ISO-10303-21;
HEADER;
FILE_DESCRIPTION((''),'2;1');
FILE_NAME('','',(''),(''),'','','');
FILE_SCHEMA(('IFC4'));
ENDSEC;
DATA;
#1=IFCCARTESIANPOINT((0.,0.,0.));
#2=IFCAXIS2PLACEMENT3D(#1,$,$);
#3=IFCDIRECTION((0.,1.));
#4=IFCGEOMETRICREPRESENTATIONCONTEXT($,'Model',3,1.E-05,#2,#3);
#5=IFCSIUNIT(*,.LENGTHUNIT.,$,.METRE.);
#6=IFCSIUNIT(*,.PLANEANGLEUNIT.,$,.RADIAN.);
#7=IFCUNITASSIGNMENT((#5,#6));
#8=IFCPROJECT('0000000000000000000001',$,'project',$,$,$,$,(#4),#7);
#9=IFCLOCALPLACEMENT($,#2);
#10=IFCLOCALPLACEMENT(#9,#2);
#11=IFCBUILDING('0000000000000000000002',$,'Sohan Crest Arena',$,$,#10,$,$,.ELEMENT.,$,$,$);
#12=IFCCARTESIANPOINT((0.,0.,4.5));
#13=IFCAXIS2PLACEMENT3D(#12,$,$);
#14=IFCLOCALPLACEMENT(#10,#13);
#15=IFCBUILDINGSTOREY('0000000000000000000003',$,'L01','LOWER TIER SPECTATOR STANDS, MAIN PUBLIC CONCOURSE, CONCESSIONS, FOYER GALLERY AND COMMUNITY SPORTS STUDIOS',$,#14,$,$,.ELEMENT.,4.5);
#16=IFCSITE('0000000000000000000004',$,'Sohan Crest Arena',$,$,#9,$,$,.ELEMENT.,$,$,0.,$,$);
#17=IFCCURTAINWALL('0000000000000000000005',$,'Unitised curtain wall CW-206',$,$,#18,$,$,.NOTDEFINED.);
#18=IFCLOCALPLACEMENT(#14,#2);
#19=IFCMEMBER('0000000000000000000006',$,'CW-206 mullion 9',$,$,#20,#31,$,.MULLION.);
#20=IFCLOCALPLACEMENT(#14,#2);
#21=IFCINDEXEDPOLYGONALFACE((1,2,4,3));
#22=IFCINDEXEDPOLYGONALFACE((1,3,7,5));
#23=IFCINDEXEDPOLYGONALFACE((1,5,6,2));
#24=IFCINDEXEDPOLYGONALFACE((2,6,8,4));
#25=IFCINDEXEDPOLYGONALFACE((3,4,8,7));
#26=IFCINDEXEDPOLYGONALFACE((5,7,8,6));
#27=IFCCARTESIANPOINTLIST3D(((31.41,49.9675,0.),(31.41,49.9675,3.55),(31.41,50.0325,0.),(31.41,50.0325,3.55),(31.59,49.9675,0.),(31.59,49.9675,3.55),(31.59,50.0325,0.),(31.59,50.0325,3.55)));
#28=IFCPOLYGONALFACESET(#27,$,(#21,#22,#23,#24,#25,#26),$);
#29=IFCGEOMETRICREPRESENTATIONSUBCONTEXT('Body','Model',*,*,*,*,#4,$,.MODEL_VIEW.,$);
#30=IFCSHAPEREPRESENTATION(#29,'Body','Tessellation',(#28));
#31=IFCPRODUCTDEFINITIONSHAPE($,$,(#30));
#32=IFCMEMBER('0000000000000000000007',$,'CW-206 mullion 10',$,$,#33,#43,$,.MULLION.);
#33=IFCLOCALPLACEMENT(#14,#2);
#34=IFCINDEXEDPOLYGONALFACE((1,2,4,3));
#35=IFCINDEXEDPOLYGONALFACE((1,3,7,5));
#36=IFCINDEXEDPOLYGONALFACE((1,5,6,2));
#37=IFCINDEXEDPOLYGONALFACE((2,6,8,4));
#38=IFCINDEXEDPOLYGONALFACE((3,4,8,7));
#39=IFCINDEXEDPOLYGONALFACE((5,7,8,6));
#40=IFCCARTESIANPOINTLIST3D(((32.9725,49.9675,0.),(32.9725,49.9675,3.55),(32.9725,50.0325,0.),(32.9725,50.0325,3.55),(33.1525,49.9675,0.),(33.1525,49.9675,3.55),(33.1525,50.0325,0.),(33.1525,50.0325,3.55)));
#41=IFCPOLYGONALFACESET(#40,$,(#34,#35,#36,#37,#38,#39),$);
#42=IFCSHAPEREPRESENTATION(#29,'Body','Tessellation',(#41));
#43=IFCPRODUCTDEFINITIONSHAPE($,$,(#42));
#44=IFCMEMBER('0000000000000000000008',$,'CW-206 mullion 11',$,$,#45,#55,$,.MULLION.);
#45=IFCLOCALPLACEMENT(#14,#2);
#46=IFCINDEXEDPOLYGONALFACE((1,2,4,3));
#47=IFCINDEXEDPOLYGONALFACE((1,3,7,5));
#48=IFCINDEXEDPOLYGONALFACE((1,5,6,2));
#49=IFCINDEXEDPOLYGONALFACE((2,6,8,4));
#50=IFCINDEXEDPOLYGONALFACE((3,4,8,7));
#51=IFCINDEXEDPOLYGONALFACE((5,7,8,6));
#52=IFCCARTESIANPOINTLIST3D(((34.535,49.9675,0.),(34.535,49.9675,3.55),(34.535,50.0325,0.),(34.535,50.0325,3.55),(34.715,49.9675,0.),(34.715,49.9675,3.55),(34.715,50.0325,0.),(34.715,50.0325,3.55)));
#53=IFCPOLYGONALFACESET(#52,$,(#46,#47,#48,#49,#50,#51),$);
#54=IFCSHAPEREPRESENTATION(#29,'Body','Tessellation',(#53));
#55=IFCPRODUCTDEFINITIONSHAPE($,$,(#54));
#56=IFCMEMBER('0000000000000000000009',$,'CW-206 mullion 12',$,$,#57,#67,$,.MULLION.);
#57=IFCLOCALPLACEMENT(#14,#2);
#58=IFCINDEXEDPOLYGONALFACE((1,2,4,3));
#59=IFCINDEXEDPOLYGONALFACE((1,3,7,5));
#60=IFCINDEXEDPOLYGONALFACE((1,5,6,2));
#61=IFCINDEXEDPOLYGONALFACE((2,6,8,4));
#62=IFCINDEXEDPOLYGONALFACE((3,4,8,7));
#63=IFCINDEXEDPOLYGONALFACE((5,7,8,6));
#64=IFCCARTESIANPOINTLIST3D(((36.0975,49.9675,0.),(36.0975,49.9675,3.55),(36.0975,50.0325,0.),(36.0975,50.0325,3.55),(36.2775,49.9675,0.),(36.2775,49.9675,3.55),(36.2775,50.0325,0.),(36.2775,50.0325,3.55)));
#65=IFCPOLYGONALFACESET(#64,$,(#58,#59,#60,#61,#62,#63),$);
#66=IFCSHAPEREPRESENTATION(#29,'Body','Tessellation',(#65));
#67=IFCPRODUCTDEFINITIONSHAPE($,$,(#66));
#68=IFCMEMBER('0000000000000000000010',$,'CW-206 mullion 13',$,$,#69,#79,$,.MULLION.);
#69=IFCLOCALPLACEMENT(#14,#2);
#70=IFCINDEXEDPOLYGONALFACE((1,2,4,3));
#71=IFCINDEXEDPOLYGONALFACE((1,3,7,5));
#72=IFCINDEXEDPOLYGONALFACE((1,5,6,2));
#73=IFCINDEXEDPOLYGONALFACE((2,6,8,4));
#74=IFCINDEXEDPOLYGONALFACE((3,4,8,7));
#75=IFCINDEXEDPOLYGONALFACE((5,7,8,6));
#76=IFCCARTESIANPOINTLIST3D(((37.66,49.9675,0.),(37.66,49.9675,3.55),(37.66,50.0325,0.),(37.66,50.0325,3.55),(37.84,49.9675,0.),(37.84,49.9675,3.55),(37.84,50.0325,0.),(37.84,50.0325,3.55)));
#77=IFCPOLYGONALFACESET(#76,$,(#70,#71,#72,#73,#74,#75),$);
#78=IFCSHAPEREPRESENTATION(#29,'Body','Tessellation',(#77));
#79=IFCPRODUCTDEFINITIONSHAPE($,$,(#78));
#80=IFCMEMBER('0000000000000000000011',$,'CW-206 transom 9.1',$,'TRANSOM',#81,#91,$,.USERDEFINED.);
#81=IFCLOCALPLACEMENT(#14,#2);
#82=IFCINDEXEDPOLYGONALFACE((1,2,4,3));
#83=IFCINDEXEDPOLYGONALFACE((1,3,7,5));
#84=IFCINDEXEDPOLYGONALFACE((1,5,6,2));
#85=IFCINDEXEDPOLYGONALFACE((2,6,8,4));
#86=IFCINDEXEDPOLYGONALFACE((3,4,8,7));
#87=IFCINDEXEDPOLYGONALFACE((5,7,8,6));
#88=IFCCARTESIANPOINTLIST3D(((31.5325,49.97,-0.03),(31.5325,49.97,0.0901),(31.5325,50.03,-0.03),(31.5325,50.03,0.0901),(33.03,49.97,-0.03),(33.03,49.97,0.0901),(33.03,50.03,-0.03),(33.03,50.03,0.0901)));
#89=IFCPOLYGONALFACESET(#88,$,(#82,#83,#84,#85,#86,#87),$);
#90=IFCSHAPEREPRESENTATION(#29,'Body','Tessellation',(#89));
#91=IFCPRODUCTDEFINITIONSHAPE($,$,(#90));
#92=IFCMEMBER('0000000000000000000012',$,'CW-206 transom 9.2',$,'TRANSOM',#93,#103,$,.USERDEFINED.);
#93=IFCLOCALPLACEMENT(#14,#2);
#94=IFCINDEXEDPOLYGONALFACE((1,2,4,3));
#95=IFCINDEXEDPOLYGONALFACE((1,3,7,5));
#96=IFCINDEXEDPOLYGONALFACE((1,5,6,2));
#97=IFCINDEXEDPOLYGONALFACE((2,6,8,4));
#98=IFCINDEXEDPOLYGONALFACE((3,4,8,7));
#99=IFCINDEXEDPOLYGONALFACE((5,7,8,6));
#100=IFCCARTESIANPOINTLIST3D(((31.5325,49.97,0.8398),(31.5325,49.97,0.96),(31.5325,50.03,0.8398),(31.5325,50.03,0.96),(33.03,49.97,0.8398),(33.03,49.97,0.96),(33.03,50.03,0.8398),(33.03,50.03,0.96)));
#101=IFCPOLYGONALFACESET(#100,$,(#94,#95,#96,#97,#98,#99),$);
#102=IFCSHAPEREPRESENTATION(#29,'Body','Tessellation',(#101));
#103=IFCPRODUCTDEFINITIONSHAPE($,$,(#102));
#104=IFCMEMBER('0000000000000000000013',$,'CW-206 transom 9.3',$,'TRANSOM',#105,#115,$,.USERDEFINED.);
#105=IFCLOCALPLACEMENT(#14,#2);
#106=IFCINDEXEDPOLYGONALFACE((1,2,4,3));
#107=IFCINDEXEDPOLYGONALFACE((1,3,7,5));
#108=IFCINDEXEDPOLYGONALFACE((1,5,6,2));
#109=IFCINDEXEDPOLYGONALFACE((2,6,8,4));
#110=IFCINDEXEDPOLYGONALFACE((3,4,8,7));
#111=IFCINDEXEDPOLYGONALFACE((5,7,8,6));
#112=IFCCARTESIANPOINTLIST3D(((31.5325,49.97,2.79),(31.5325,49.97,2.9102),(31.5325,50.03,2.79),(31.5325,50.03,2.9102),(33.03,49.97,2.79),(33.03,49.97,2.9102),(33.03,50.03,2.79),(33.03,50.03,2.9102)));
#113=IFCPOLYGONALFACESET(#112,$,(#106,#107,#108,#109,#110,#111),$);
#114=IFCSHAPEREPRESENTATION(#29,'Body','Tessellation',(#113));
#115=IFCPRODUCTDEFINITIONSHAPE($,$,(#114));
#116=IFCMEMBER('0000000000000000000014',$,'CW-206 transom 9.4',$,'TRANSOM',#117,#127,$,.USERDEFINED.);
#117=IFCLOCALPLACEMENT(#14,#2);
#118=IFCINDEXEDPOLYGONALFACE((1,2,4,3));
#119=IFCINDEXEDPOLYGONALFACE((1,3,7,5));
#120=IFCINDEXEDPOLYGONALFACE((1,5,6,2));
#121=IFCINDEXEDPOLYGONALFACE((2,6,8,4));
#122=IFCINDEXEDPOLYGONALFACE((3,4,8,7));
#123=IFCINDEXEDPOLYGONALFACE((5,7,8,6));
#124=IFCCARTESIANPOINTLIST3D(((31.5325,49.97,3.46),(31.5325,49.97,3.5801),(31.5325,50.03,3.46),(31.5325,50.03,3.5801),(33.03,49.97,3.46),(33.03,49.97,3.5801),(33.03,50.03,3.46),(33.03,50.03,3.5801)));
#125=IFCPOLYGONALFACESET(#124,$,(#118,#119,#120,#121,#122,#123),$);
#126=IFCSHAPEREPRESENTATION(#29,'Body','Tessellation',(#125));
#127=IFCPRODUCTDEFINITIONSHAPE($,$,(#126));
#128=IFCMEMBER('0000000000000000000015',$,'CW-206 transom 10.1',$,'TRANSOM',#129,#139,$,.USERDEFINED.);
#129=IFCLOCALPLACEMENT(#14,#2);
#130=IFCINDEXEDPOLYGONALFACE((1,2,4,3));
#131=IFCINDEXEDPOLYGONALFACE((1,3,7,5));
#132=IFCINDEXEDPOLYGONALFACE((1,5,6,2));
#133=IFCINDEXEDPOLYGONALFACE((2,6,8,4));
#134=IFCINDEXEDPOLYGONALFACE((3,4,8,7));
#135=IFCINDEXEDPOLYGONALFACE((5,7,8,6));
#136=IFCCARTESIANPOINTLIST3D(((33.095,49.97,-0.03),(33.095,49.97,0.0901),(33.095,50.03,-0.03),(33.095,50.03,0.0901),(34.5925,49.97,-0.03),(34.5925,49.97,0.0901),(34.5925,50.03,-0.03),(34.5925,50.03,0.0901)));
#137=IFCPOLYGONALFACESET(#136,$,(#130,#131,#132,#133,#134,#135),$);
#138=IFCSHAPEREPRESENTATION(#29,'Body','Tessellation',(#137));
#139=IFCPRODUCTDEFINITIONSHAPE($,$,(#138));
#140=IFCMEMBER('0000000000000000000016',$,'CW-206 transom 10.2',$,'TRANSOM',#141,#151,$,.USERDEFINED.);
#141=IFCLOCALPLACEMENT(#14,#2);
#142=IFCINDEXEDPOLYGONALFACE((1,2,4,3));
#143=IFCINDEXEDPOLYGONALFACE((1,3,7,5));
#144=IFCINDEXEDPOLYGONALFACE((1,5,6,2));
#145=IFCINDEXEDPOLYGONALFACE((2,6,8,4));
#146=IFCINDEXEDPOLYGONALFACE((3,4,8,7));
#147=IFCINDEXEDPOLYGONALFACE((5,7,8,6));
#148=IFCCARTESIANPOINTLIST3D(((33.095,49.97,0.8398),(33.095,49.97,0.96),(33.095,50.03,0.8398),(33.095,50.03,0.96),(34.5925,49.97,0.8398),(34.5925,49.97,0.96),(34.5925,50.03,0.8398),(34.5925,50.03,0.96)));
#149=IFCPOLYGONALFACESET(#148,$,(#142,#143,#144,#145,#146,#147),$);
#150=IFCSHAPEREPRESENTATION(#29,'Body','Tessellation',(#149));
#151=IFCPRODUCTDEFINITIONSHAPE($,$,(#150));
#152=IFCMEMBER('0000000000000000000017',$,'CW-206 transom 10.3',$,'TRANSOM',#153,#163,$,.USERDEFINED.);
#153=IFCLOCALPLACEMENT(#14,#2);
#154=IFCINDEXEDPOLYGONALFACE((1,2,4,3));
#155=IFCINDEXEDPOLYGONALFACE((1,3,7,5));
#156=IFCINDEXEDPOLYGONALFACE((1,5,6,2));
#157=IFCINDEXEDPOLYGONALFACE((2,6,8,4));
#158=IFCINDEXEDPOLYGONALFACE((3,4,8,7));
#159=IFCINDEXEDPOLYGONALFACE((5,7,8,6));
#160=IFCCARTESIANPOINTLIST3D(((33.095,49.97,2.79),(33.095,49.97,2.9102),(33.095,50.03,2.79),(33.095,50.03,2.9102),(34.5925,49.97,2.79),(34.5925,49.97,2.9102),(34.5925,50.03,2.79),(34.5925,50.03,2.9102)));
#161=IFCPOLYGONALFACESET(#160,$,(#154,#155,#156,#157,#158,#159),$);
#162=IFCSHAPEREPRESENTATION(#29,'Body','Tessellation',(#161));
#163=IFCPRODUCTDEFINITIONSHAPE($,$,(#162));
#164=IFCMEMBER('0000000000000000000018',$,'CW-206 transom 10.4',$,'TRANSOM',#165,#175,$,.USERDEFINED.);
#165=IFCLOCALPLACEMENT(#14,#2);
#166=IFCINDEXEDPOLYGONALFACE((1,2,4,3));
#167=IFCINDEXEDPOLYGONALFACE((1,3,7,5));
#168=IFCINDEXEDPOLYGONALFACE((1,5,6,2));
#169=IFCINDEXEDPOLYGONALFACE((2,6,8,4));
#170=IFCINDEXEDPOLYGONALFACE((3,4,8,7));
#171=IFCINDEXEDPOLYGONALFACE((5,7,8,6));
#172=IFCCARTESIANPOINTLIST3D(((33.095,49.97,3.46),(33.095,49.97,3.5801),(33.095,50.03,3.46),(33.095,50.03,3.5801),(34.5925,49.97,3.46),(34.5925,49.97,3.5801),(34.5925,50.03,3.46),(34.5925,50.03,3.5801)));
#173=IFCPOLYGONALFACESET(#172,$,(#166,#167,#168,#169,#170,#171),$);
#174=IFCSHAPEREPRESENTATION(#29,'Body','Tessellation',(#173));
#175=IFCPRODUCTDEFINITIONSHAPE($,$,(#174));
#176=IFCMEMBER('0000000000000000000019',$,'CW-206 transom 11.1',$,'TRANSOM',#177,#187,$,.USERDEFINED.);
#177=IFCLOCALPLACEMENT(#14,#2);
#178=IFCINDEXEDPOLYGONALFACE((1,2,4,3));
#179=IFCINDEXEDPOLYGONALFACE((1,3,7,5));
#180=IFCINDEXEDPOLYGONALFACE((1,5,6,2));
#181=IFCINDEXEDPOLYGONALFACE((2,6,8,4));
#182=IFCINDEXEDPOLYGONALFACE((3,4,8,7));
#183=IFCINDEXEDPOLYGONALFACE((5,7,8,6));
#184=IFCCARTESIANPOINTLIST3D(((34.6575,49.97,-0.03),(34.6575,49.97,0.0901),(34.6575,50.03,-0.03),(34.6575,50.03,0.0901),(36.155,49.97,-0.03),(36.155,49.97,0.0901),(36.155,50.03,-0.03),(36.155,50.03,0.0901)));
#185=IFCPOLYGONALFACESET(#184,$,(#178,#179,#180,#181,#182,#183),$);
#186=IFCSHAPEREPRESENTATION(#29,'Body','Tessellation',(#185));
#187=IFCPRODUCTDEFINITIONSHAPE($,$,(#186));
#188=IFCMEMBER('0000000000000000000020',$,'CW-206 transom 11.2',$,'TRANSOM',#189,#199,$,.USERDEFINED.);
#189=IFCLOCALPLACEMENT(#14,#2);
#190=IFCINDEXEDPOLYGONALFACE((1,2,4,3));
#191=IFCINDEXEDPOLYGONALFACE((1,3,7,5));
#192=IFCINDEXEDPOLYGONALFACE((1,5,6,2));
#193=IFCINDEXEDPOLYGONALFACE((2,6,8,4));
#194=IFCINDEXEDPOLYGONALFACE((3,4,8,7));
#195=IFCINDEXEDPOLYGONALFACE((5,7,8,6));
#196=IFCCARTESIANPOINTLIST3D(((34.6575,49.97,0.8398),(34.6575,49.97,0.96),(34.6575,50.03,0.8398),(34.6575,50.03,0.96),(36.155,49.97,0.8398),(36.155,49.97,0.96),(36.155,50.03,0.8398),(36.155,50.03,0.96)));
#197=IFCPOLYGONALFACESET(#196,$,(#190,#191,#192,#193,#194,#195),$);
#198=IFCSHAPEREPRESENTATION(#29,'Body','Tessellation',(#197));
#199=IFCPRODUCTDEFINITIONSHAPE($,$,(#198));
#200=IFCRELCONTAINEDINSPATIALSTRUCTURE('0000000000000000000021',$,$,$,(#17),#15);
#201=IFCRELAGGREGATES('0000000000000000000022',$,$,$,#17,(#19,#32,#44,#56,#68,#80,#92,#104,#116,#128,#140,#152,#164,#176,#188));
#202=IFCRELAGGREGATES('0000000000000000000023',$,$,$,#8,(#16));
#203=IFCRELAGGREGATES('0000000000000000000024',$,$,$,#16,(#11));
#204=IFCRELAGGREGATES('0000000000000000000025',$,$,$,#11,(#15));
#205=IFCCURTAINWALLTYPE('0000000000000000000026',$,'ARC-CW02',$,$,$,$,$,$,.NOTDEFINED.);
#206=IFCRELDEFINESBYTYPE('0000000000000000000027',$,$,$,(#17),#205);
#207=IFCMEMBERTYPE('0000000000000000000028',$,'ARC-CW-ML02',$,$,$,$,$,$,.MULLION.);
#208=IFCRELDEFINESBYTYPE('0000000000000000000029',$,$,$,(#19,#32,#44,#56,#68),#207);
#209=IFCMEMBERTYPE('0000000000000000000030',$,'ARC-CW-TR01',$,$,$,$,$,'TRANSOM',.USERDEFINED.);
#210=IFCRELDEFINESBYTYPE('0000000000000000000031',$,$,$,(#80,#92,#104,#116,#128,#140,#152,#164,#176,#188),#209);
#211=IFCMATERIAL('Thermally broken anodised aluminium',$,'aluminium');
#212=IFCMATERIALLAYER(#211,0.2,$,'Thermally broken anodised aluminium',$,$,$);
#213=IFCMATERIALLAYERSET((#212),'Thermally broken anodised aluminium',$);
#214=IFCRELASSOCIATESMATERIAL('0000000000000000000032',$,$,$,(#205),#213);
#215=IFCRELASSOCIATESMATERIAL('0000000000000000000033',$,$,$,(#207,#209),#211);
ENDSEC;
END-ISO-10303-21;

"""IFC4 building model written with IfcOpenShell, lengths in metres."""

from ifc_helpers import new_model, si_unit, direction, frame, origin, origin_2d, place, context, subcontext, project, spatial, rectangle, extrude, material, layer, layer_set, material_profile, profile_set, type_object, element, aggregate, save


model = new_model("IFC4")

# Units and contexts
model_context = context("Model", 3, precision=1e-05, world=origin(), true_north=direction((0.0, 1.0)))
body_context = subcontext(model_context, "Body", "Model", "MODEL_VIEW")
ifc_project = project(units=[si_unit("LENGTHUNIT", "METRE"), si_unit("PLANEANGLEUNIT", "RADIAN")], contexts=[model_context])

# Site, building, storey
site_placement = place(None, origin())
site = spatial("IfcSite", under=ifc_project, at=site_placement, Name="Sohan Crest Arena", CompositionType="ELEMENT", RefElevation=0.0)
building_placement = place(site_placement, origin())
building = spatial("IfcBuilding", under=site, at=building_placement, Name="Sohan Crest Arena", CompositionType="ELEMENT")
storey_placement = place(building_placement, frame((0.0, 0.0, 4.5)))
storey = spatial("IfcBuildingStorey", under=building, at=storey_placement, Name="L01", Description="LOWER TIER SPECTATOR STANDS, MAIN PUBLIC CONCOURSE, CONCESSIONS, FOYER GALLERY AND COMMUNITY SPORTS STUDIOS", CompositionType="ELEMENT", Elevation=4.5)

# Curtain wall, members
ifc_material_1 = material(Name="Thermally broken anodised aluminium", Category="aluminium")
ifc_layer_1 = layer(ifc_material_1, 0.2, Name="Thermally broken anodised aluminium")
ifc_layer_set_1 = layer_set([ifc_layer_1], Name="Thermally broken anodised aluminium")
curtain_wall_type = type_object("IfcCurtainWallType", Name="ARC-CW02", PredefinedType="NOTDEFINED", material=ifc_layer_set_1)
curtain_wall_placement = place(storey_placement, origin())
curtain_wall = element("IfcCurtainWall", 1, at=curtain_wall_placement, inside=storey, type_object=curtain_wall_type, Name="Unitised curtain wall CW-206", PredefinedType="NOTDEFINED")
ifc_material_profile_1 = material_profile(ifc_material_1, rectangle(XDim=0.0649, YDim=0.1799, at=origin_2d()), Name="ALU-MULL 65x180")
ifc_profile_set_1 = profile_set([ifc_material_profile_1], Name="Thermally broken anodised aluminium")
member_type_1 = type_object("IfcMemberType", Name="ARC-CW-ML02", PredefinedType="MULLION", material=ifc_profile_set_1)
member_1_placement = place(storey_placement, frame((31.5, 50.0, 0.0), z_axis=(0.0, 0.0, 1.0), x_axis=(0.0, 1.0, 0.0)))
member_1 = element("IfcMember", 2, at=member_1_placement, type_object=member_type_1, Name="CW-206 mullion 9", PredefinedType="MULLION", context=body_context, shape_type="SweptSolid", body=[
    extrude(rectangle(XDim=0.0649, YDim=0.1799, at=origin_2d()), origin(), (0.0, 0.0, 1.0), 3.55),
])
member_2_placement = place(storey_placement, frame((33.0625, 50.0, 0.0), z_axis=(0.0, 0.0, 1.0), x_axis=(0.0, 1.0, 0.0)))
member_2 = element("IfcMember", 3, at=member_2_placement, type_object=member_type_1, Name="CW-206 mullion 10", PredefinedType="MULLION", context=body_context, shape_type="SweptSolid", body=[
    extrude(rectangle(XDim=0.0649, YDim=0.1799, at=origin_2d()), origin(), (0.0, 0.0, 1.0), 3.55),
])
member_3_placement = place(storey_placement, frame((34.625, 50.0, 0.0), z_axis=(0.0, 0.0, 1.0), x_axis=(0.0, 1.0, 0.0)))
member_3 = element("IfcMember", 4, at=member_3_placement, type_object=member_type_1, Name="CW-206 mullion 11", PredefinedType="MULLION", context=body_context, shape_type="SweptSolid", body=[
    extrude(rectangle(XDim=0.0649, YDim=0.1799, at=origin_2d()), origin(), (0.0, 0.0, 1.0), 3.55),
])
member_4_placement = place(storey_placement, frame((36.1875, 50.0, 0.0), z_axis=(0.0, 0.0, 1.0), x_axis=(0.0, 1.0, 0.0)))
member_4 = element("IfcMember", 5, at=member_4_placement, type_object=member_type_1, Name="CW-206 mullion 12", PredefinedType="MULLION", context=body_context, shape_type="SweptSolid", body=[
    extrude(rectangle(XDim=0.0649, YDim=0.1799, at=origin_2d()), origin(), (0.0, 0.0, 1.0), 3.55),
])
member_5_placement = place(storey_placement, frame((37.75, 50.0, 0.0), z_axis=(0.0, 0.0, 1.0), x_axis=(0.0, 1.0, 0.0)))
member_5 = element("IfcMember", 6, at=member_5_placement, type_object=member_type_1, Name="CW-206 mullion 13", PredefinedType="MULLION", context=body_context, shape_type="SweptSolid", body=[
    extrude(rectangle(XDim=0.0649, YDim=0.1799, at=origin_2d()), origin(), (0.0, 0.0, 1.0), 3.55),
])
ifc_material_profile_2 = material_profile(ifc_material_1, rectangle(XDim=0.0601, YDim=0.1201, at=origin_2d()), Name="ALU-TRAN 60x120")
ifc_profile_set_2 = profile_set([ifc_material_profile_2], Name="Thermally broken anodised aluminium")
member_type_2 = type_object("IfcMemberType", Name="ARC-CW-TR01", ElementType="TRANSOM", PredefinedType="USERDEFINED", material=ifc_profile_set_2)
member_6_placement = place(storey_placement, frame((31.5325, 50.0, 0.03), z_axis=(1.0, 0.0, 0.0), x_axis=(0.0, 1.0, 0.0)))
member_6 = element("IfcMember", 7, at=member_6_placement, type_object=member_type_2, Name="CW-206 transom 9.1", ObjectType="TRANSOM", PredefinedType="USERDEFINED", context=body_context, shape_type="SweptSolid", body=[
    extrude(rectangle(XDim=0.0601, YDim=0.1201, at=origin_2d()), origin(), (0.0, 0.0, 1.0), 1.4976),
])
member_7_placement = place(storey_placement, frame((31.5325, 50.0, 0.8999), z_axis=(1.0, 0.0, 0.0), x_axis=(0.0, 1.0, 0.0)))
member_7 = element("IfcMember", 8, at=member_7_placement, type_object=member_type_2, Name="CW-206 transom 9.2", ObjectType="TRANSOM", PredefinedType="USERDEFINED", context=body_context, shape_type="SweptSolid", body=[
    extrude(rectangle(XDim=0.0601, YDim=0.1201, at=origin_2d()), origin(), (0.0, 0.0, 1.0), 1.4976),
])
member_8_placement = place(storey_placement, frame((31.5325, 50.0, 2.8501), z_axis=(1.0, 0.0, 0.0), x_axis=(0.0, 1.0, 0.0)))
member_8 = element("IfcMember", 9, at=member_8_placement, type_object=member_type_2, Name="CW-206 transom 9.3", ObjectType="TRANSOM", PredefinedType="USERDEFINED", context=body_context, shape_type="SweptSolid", body=[
    extrude(rectangle(XDim=0.0601, YDim=0.1201, at=origin_2d()), origin(), (0.0, 0.0, 1.0), 1.4976),
])
member_9_placement = place(storey_placement, frame((31.5325, 50.0, 3.52), z_axis=(1.0, 0.0, 0.0), x_axis=(0.0, 1.0, 0.0)))
member_9 = element("IfcMember", 10, at=member_9_placement, type_object=member_type_2, Name="CW-206 transom 9.4", ObjectType="TRANSOM", PredefinedType="USERDEFINED", context=body_context, shape_type="SweptSolid", body=[
    extrude(rectangle(XDim=0.0601, YDim=0.1201, at=origin_2d()), origin(), (0.0, 0.0, 1.0), 1.4976),
])
member_10_placement = place(storey_placement, frame((33.095, 50.0, 0.03), z_axis=(1.0, 0.0, 0.0), x_axis=(0.0, 1.0, 0.0)))
member_10 = element("IfcMember", 11, at=member_10_placement, type_object=member_type_2, Name="CW-206 transom 10.1", ObjectType="TRANSOM", PredefinedType="USERDEFINED", context=body_context, shape_type="SweptSolid", body=[
    extrude(rectangle(XDim=0.0601, YDim=0.1201, at=origin_2d()), origin(), (0.0, 0.0, 1.0), 1.4976),
])
member_11_placement = place(storey_placement, frame((33.095, 50.0, 0.8999), z_axis=(1.0, 0.0, 0.0), x_axis=(0.0, 1.0, 0.0)))
member_11 = element("IfcMember", 12, at=member_11_placement, type_object=member_type_2, Name="CW-206 transom 10.2", ObjectType="TRANSOM", PredefinedType="USERDEFINED", context=body_context, shape_type="SweptSolid", body=[
    extrude(rectangle(XDim=0.0601, YDim=0.1201, at=origin_2d()), origin(), (0.0, 0.0, 1.0), 1.4976),
])
member_12_placement = place(storey_placement, frame((33.095, 50.0, 2.8501), z_axis=(1.0, 0.0, 0.0), x_axis=(0.0, 1.0, 0.0)))
member_12 = element("IfcMember", 13, at=member_12_placement, type_object=member_type_2, Name="CW-206 transom 10.3", ObjectType="TRANSOM", PredefinedType="USERDEFINED", context=body_context, shape_type="SweptSolid", body=[
    extrude(rectangle(XDim=0.0601, YDim=0.1201, at=origin_2d()), origin(), (0.0, 0.0, 1.0), 1.4976),
])
member_13_placement = place(storey_placement, frame((33.095, 50.0, 3.52), z_axis=(1.0, 0.0, 0.0), x_axis=(0.0, 1.0, 0.0)))
member_13 = element("IfcMember", 14, at=member_13_placement, type_object=member_type_2, Name="CW-206 transom 10.4", ObjectType="TRANSOM", PredefinedType="USERDEFINED", context=body_context, shape_type="SweptSolid", body=[
    extrude(rectangle(XDim=0.0601, YDim=0.1201, at=origin_2d()), origin(), (0.0, 0.0, 1.0), 1.4976),
])
member_14_placement = place(storey_placement, frame((34.6575, 50.0, 0.03), z_axis=(1.0, 0.0, 0.0), x_axis=(0.0, 1.0, 0.0)))
member_14 = element("IfcMember", 15, at=member_14_placement, type_object=member_type_2, Name="CW-206 transom 11.1", ObjectType="TRANSOM", PredefinedType="USERDEFINED", context=body_context, shape_type="SweptSolid", body=[
    extrude(rectangle(XDim=0.0601, YDim=0.1201, at=origin_2d()), origin(), (0.0, 0.0, 1.0), 1.4976),
])
member_15_placement = place(storey_placement, frame((34.6575, 50.0, 0.8999), z_axis=(1.0, 0.0, 0.0), x_axis=(0.0, 1.0, 0.0)))
member_15 = element("IfcMember", 16, at=member_15_placement, type_object=member_type_2, Name="CW-206 transom 11.2", ObjectType="TRANSOM", PredefinedType="USERDEFINED", context=body_context, shape_type="SweptSolid", body=[
    extrude(rectangle(XDim=0.0601, YDim=0.1201, at=origin_2d()), origin(), (0.0, 0.0, 1.0), 1.4976),
])
aggregate(curtain_wall, [member_1, member_2, member_3, member_4, member_5, member_6, member_7, member_8, member_9, member_10, member_11, member_12, member_13, member_14, member_15])

save(model, "model.ifc")
